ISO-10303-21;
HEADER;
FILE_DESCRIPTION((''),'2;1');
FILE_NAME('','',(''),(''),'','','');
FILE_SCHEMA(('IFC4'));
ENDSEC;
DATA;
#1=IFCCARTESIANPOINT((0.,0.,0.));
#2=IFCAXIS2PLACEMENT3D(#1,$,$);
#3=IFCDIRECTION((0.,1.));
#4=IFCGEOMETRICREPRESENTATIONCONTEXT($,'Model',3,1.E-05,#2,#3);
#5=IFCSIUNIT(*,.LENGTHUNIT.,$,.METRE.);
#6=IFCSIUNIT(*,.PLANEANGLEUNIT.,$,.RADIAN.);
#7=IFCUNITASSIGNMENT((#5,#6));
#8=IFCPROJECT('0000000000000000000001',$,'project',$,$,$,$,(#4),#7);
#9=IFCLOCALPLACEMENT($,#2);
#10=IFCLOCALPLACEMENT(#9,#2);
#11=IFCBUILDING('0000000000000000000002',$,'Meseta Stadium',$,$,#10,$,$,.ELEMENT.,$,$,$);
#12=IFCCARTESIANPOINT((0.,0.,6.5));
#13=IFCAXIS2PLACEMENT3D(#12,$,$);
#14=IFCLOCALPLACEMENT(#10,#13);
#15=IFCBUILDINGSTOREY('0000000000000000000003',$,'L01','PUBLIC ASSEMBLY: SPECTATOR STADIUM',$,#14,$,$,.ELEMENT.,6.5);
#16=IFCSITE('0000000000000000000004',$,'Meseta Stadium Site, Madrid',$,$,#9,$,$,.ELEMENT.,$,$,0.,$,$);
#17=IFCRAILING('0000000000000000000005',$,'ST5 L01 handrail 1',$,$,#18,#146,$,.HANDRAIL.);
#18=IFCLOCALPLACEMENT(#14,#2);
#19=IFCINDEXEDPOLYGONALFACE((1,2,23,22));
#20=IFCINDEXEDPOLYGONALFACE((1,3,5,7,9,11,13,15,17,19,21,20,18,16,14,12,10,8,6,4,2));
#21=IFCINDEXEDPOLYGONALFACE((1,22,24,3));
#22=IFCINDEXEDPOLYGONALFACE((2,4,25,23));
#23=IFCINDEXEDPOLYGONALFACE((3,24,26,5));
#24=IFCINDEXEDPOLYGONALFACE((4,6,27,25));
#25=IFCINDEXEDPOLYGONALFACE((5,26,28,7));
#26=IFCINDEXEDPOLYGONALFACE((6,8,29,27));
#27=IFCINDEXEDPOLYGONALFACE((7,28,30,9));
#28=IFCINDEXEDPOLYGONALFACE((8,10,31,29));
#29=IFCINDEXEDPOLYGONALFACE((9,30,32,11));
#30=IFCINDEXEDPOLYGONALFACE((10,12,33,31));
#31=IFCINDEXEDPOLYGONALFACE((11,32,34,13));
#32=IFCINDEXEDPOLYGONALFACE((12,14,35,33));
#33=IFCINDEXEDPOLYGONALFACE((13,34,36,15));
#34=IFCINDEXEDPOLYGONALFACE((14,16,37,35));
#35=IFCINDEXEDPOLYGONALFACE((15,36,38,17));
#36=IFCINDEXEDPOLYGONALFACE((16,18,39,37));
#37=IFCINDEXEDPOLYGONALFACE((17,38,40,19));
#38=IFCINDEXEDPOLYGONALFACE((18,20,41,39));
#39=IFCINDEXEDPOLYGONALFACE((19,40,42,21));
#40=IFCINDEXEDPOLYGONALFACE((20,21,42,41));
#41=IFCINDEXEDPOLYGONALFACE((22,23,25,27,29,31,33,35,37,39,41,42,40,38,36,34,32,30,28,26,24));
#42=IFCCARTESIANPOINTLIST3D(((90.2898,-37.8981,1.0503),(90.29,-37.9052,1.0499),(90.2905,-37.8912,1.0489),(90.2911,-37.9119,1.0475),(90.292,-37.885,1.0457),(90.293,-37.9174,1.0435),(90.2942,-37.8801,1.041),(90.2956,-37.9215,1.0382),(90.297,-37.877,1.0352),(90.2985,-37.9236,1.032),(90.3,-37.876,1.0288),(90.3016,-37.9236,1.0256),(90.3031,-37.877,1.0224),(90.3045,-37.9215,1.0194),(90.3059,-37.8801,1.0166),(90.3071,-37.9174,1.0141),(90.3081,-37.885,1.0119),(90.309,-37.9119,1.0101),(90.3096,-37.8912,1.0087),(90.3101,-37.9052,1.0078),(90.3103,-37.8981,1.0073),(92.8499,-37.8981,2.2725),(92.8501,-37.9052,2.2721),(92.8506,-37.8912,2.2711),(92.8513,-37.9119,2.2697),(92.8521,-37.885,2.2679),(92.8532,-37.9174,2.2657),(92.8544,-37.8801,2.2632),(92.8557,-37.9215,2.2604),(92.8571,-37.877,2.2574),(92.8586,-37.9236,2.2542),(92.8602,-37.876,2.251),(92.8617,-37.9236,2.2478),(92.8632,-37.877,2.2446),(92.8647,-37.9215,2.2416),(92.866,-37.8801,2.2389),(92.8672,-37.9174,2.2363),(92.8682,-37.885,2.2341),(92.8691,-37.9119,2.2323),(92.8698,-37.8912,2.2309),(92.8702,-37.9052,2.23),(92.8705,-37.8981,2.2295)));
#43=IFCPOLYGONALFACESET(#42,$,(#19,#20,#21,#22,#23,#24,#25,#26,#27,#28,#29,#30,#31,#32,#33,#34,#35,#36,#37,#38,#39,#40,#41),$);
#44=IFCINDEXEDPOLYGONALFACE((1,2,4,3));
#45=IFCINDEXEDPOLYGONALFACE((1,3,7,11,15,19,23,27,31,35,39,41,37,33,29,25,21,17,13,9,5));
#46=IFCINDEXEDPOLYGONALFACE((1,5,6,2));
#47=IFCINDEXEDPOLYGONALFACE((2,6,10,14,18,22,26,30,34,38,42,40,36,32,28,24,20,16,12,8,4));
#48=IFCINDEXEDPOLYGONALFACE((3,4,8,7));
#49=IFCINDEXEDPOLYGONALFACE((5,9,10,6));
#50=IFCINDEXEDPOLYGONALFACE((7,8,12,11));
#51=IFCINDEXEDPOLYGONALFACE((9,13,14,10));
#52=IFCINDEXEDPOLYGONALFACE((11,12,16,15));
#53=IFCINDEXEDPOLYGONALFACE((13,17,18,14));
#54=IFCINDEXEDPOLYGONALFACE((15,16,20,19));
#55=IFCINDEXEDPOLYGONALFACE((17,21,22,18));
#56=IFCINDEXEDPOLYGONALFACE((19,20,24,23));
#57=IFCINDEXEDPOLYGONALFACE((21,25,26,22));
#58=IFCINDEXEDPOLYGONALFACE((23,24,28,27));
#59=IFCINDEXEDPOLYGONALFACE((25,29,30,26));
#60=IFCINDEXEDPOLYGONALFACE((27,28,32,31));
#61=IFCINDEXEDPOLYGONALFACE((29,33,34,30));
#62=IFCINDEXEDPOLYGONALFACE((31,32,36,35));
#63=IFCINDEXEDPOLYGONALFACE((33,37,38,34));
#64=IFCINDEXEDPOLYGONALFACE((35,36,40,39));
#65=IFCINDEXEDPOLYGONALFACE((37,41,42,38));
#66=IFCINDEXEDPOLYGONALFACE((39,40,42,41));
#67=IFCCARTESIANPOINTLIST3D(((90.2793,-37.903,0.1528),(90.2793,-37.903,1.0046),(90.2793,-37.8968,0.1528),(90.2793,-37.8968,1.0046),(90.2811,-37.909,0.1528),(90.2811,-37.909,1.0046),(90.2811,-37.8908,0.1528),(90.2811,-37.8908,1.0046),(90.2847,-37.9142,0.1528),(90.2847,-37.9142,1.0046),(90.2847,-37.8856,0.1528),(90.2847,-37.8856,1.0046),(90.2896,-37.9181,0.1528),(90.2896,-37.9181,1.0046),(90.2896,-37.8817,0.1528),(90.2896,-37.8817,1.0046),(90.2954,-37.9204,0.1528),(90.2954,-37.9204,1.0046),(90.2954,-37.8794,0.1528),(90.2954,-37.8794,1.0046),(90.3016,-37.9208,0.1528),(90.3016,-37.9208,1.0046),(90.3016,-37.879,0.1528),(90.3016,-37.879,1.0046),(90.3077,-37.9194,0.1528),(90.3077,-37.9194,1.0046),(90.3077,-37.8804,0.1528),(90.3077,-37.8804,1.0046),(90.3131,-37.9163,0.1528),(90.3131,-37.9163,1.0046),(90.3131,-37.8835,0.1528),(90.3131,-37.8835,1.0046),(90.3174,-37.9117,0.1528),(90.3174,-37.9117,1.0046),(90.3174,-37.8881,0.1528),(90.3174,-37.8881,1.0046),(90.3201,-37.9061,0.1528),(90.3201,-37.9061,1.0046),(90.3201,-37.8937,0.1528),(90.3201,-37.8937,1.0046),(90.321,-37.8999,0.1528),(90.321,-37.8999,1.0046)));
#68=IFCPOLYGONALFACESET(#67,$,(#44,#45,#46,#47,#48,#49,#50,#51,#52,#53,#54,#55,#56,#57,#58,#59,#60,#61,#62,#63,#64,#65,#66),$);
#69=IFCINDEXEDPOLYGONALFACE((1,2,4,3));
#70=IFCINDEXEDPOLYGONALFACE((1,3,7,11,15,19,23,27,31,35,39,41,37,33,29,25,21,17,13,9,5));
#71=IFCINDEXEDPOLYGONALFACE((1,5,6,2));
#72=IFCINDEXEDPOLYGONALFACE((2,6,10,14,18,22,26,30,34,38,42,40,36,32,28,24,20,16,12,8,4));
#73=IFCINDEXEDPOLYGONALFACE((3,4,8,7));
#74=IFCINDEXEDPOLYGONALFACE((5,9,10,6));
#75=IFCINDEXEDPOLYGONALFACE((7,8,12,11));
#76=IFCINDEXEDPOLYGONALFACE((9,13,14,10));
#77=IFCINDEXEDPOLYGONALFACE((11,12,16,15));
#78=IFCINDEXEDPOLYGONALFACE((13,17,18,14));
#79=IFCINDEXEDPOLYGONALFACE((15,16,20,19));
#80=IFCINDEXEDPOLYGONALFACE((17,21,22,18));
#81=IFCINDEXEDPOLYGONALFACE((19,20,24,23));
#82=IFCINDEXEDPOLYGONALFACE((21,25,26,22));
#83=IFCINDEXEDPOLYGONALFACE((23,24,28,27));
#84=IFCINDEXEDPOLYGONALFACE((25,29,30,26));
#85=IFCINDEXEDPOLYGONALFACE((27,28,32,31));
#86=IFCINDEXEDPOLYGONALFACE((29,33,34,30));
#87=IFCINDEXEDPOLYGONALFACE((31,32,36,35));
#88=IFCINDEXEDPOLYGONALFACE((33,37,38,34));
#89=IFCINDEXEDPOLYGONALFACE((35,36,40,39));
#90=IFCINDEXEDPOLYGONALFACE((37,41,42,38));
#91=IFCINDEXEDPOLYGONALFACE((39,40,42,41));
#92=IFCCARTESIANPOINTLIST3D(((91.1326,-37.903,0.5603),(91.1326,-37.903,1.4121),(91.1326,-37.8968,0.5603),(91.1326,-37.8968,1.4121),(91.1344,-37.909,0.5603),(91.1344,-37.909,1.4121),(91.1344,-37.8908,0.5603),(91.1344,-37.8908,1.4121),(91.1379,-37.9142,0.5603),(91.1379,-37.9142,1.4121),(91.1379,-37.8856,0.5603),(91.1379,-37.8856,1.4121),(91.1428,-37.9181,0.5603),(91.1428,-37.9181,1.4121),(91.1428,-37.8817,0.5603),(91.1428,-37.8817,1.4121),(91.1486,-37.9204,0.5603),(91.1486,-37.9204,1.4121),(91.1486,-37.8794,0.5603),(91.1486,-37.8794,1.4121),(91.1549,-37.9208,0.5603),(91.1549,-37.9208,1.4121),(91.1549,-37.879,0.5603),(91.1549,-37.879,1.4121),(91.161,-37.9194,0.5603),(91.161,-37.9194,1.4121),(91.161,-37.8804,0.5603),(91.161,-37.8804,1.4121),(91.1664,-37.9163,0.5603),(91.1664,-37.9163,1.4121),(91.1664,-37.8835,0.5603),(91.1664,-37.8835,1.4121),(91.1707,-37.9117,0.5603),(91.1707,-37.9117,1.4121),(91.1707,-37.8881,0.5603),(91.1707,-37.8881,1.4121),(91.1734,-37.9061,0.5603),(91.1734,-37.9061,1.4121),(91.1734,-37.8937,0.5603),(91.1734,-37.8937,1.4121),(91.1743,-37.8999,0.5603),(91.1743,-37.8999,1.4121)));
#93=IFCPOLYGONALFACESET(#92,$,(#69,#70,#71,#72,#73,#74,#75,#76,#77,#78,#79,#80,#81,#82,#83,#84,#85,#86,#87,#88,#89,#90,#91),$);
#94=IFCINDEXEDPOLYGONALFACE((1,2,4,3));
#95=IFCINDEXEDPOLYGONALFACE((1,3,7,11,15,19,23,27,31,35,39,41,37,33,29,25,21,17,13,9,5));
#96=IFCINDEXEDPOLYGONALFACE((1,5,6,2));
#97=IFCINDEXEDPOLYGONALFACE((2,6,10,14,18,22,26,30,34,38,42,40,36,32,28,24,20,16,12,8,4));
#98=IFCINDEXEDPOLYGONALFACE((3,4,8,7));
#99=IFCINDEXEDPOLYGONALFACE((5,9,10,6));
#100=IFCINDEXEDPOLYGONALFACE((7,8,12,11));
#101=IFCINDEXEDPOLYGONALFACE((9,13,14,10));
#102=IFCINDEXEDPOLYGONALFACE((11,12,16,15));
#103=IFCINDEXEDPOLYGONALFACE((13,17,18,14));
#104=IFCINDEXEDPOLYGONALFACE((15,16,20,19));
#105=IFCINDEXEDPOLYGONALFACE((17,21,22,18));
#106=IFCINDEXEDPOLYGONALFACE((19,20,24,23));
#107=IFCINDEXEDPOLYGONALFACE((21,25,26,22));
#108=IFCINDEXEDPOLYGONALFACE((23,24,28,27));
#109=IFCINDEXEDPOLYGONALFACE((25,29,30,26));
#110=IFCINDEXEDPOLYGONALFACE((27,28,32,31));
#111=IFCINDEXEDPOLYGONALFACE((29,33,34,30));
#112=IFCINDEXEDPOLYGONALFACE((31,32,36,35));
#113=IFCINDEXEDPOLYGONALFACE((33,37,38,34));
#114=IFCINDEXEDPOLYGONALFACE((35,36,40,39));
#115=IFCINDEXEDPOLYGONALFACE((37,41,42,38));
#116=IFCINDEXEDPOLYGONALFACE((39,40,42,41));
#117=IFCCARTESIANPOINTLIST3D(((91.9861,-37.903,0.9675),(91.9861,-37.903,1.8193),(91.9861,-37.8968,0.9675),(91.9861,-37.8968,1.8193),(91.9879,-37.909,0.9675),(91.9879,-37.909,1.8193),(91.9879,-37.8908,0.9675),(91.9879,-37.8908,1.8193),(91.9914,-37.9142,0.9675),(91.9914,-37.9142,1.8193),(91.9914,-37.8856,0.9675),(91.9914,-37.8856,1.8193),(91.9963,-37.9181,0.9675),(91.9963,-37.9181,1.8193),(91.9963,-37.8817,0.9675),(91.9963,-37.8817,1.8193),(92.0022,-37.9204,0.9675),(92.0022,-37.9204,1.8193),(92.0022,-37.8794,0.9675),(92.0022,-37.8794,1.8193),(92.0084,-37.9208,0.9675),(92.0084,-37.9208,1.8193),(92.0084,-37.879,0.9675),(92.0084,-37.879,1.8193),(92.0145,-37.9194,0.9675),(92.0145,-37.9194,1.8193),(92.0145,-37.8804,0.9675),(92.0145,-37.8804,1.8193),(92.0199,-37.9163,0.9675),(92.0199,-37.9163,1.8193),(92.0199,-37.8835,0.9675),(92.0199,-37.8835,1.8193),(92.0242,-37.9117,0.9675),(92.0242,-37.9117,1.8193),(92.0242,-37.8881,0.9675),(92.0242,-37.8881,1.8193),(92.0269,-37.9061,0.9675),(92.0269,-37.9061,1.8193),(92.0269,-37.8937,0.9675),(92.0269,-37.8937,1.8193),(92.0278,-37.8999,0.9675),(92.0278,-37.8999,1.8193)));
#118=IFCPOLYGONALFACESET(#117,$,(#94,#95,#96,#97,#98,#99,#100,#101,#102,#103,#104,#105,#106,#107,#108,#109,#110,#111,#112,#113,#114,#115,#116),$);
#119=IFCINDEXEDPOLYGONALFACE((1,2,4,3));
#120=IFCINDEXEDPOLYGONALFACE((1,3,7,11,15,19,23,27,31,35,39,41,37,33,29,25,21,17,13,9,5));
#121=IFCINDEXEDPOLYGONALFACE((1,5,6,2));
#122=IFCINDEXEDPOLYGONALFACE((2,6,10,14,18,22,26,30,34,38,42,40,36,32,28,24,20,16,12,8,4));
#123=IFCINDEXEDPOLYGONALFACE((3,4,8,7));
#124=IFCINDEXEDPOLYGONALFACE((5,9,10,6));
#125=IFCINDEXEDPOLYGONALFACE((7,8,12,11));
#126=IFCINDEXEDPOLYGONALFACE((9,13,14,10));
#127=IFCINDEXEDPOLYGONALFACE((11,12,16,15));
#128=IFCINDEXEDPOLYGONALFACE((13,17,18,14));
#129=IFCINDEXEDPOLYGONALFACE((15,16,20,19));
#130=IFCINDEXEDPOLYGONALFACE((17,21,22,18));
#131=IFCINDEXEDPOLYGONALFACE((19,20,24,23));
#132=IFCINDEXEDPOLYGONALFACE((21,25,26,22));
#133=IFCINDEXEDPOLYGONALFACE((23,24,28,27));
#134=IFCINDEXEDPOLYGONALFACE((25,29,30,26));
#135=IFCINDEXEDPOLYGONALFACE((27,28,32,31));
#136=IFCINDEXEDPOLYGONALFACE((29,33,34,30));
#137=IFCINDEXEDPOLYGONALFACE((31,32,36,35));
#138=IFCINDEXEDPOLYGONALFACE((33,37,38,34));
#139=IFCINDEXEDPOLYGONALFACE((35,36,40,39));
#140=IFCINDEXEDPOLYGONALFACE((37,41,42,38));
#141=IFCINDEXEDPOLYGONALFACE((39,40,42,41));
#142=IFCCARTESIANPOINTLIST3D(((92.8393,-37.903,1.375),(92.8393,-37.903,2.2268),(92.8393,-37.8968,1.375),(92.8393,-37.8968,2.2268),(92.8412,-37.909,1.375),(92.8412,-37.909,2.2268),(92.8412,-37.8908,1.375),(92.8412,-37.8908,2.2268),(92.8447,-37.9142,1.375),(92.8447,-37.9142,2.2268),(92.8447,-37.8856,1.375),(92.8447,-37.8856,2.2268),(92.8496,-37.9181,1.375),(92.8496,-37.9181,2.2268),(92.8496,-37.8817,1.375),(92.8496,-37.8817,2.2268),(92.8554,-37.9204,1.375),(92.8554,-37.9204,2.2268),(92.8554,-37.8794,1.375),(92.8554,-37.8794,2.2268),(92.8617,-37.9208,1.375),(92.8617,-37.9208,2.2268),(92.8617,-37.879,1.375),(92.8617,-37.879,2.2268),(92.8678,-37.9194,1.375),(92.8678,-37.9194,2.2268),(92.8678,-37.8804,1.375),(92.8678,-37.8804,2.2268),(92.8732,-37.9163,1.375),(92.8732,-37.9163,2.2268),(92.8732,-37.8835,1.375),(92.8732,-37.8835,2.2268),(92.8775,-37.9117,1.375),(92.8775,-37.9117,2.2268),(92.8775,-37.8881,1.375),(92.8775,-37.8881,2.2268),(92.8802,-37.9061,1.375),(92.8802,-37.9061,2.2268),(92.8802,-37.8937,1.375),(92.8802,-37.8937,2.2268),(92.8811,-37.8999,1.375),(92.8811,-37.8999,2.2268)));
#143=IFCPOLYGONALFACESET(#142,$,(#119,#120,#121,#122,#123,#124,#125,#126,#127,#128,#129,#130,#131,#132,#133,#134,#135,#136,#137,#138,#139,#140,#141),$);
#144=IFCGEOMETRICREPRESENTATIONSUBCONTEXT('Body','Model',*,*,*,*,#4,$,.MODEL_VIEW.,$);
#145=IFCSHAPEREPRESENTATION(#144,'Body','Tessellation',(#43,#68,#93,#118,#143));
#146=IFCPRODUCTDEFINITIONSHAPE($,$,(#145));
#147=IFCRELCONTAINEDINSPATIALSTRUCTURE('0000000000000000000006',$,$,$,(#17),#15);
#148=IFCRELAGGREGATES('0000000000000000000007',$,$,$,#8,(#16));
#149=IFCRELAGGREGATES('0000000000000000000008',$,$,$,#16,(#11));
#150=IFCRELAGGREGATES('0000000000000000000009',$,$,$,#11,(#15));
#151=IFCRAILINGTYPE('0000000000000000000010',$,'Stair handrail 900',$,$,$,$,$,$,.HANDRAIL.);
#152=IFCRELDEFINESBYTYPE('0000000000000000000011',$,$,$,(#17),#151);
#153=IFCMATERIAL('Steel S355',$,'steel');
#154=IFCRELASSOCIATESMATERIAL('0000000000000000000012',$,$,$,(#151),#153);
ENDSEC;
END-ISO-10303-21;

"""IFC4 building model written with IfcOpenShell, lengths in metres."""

from ifc_helpers import new_model, si_unit, direction, frame, origin, origin_2d, place, context, subcontext, project, spatial, circle, extrude, material, type_object, element, save


model = new_model("IFC4")

# Units and contexts
model_context = context("Model", 3, precision=1e-05, world=origin(), true_north=direction((0.0, 1.0)))
body_context = subcontext(model_context, "Body", "Model", "MODEL_VIEW")
ifc_project = project(units=[si_unit("LENGTHUNIT", "METRE"), si_unit("PLANEANGLEUNIT", "RADIAN")], contexts=[model_context])

# Site, building, storey
site_placement = place(None, origin())
site = spatial("IfcSite", under=ifc_project, at=site_placement, Name="Meseta Stadium Site, Madrid", CompositionType="ELEMENT", RefElevation=0.0)
building_placement = place(site_placement, origin())
building = spatial("IfcBuilding", under=site, at=building_placement, Name="Meseta Stadium", CompositionType="ELEMENT")
storey_placement = place(building_placement, frame((0.0, 0.0, 6.5)))
storey = spatial("IfcBuildingStorey", under=building, at=storey_placement, Name="L01", Description="PUBLIC ASSEMBLY: SPECTATOR STADIUM", CompositionType="ELEMENT", Elevation=6.5)

# Railing
ifc_material_1 = material(Name="Steel S355", Category="steel")
railing_type_1 = type_object("IfcRailingType", Name="Stair handrail 900", PredefinedType="HANDRAIL", material=ifc_material_1)
for number, where, name in (
    (1, (90.3, -37.8999, 0.1528), "ST5 L01 handrail 1"),
):
    element("IfcRailing", number, at=place(storey_placement, frame(where)), inside=storey, type_object=railing_type_1, Name=name, PredefinedType="HANDRAIL", context=body_context, shape_type="SweptSolid", body=[
        extrude(circle(Radius=0.0239, at=origin_2d()), frame((0.0, 0.0, 0.876), z_axis=(0.902437, 0.0, 0.430822), x_axis=(0.0, 1.0, 0.0)), (0.0, 0.0, 1.0), 2.8369),
        extrude(circle(Radius=0.021, at=origin_2d()), origin(), (0.0, 0.0, 1.0), 0.8518),
        extrude(circle(Radius=0.021, at=origin_2d()), frame((0.8533, 0.0, 0.4075)), (0.0, 0.0, 1.0), 0.8518),
        extrude(circle(Radius=0.021, at=origin_2d()), frame((1.7068, 0.0, 0.8147)), (0.0, 0.0, 1.0), 0.8518),
        extrude(circle(Radius=0.021, at=origin_2d()), frame((2.5601, 0.0, 1.2222)), (0.0, 0.0, 1.0), 0.8518),
    ])

save(model, "model.ifc")
